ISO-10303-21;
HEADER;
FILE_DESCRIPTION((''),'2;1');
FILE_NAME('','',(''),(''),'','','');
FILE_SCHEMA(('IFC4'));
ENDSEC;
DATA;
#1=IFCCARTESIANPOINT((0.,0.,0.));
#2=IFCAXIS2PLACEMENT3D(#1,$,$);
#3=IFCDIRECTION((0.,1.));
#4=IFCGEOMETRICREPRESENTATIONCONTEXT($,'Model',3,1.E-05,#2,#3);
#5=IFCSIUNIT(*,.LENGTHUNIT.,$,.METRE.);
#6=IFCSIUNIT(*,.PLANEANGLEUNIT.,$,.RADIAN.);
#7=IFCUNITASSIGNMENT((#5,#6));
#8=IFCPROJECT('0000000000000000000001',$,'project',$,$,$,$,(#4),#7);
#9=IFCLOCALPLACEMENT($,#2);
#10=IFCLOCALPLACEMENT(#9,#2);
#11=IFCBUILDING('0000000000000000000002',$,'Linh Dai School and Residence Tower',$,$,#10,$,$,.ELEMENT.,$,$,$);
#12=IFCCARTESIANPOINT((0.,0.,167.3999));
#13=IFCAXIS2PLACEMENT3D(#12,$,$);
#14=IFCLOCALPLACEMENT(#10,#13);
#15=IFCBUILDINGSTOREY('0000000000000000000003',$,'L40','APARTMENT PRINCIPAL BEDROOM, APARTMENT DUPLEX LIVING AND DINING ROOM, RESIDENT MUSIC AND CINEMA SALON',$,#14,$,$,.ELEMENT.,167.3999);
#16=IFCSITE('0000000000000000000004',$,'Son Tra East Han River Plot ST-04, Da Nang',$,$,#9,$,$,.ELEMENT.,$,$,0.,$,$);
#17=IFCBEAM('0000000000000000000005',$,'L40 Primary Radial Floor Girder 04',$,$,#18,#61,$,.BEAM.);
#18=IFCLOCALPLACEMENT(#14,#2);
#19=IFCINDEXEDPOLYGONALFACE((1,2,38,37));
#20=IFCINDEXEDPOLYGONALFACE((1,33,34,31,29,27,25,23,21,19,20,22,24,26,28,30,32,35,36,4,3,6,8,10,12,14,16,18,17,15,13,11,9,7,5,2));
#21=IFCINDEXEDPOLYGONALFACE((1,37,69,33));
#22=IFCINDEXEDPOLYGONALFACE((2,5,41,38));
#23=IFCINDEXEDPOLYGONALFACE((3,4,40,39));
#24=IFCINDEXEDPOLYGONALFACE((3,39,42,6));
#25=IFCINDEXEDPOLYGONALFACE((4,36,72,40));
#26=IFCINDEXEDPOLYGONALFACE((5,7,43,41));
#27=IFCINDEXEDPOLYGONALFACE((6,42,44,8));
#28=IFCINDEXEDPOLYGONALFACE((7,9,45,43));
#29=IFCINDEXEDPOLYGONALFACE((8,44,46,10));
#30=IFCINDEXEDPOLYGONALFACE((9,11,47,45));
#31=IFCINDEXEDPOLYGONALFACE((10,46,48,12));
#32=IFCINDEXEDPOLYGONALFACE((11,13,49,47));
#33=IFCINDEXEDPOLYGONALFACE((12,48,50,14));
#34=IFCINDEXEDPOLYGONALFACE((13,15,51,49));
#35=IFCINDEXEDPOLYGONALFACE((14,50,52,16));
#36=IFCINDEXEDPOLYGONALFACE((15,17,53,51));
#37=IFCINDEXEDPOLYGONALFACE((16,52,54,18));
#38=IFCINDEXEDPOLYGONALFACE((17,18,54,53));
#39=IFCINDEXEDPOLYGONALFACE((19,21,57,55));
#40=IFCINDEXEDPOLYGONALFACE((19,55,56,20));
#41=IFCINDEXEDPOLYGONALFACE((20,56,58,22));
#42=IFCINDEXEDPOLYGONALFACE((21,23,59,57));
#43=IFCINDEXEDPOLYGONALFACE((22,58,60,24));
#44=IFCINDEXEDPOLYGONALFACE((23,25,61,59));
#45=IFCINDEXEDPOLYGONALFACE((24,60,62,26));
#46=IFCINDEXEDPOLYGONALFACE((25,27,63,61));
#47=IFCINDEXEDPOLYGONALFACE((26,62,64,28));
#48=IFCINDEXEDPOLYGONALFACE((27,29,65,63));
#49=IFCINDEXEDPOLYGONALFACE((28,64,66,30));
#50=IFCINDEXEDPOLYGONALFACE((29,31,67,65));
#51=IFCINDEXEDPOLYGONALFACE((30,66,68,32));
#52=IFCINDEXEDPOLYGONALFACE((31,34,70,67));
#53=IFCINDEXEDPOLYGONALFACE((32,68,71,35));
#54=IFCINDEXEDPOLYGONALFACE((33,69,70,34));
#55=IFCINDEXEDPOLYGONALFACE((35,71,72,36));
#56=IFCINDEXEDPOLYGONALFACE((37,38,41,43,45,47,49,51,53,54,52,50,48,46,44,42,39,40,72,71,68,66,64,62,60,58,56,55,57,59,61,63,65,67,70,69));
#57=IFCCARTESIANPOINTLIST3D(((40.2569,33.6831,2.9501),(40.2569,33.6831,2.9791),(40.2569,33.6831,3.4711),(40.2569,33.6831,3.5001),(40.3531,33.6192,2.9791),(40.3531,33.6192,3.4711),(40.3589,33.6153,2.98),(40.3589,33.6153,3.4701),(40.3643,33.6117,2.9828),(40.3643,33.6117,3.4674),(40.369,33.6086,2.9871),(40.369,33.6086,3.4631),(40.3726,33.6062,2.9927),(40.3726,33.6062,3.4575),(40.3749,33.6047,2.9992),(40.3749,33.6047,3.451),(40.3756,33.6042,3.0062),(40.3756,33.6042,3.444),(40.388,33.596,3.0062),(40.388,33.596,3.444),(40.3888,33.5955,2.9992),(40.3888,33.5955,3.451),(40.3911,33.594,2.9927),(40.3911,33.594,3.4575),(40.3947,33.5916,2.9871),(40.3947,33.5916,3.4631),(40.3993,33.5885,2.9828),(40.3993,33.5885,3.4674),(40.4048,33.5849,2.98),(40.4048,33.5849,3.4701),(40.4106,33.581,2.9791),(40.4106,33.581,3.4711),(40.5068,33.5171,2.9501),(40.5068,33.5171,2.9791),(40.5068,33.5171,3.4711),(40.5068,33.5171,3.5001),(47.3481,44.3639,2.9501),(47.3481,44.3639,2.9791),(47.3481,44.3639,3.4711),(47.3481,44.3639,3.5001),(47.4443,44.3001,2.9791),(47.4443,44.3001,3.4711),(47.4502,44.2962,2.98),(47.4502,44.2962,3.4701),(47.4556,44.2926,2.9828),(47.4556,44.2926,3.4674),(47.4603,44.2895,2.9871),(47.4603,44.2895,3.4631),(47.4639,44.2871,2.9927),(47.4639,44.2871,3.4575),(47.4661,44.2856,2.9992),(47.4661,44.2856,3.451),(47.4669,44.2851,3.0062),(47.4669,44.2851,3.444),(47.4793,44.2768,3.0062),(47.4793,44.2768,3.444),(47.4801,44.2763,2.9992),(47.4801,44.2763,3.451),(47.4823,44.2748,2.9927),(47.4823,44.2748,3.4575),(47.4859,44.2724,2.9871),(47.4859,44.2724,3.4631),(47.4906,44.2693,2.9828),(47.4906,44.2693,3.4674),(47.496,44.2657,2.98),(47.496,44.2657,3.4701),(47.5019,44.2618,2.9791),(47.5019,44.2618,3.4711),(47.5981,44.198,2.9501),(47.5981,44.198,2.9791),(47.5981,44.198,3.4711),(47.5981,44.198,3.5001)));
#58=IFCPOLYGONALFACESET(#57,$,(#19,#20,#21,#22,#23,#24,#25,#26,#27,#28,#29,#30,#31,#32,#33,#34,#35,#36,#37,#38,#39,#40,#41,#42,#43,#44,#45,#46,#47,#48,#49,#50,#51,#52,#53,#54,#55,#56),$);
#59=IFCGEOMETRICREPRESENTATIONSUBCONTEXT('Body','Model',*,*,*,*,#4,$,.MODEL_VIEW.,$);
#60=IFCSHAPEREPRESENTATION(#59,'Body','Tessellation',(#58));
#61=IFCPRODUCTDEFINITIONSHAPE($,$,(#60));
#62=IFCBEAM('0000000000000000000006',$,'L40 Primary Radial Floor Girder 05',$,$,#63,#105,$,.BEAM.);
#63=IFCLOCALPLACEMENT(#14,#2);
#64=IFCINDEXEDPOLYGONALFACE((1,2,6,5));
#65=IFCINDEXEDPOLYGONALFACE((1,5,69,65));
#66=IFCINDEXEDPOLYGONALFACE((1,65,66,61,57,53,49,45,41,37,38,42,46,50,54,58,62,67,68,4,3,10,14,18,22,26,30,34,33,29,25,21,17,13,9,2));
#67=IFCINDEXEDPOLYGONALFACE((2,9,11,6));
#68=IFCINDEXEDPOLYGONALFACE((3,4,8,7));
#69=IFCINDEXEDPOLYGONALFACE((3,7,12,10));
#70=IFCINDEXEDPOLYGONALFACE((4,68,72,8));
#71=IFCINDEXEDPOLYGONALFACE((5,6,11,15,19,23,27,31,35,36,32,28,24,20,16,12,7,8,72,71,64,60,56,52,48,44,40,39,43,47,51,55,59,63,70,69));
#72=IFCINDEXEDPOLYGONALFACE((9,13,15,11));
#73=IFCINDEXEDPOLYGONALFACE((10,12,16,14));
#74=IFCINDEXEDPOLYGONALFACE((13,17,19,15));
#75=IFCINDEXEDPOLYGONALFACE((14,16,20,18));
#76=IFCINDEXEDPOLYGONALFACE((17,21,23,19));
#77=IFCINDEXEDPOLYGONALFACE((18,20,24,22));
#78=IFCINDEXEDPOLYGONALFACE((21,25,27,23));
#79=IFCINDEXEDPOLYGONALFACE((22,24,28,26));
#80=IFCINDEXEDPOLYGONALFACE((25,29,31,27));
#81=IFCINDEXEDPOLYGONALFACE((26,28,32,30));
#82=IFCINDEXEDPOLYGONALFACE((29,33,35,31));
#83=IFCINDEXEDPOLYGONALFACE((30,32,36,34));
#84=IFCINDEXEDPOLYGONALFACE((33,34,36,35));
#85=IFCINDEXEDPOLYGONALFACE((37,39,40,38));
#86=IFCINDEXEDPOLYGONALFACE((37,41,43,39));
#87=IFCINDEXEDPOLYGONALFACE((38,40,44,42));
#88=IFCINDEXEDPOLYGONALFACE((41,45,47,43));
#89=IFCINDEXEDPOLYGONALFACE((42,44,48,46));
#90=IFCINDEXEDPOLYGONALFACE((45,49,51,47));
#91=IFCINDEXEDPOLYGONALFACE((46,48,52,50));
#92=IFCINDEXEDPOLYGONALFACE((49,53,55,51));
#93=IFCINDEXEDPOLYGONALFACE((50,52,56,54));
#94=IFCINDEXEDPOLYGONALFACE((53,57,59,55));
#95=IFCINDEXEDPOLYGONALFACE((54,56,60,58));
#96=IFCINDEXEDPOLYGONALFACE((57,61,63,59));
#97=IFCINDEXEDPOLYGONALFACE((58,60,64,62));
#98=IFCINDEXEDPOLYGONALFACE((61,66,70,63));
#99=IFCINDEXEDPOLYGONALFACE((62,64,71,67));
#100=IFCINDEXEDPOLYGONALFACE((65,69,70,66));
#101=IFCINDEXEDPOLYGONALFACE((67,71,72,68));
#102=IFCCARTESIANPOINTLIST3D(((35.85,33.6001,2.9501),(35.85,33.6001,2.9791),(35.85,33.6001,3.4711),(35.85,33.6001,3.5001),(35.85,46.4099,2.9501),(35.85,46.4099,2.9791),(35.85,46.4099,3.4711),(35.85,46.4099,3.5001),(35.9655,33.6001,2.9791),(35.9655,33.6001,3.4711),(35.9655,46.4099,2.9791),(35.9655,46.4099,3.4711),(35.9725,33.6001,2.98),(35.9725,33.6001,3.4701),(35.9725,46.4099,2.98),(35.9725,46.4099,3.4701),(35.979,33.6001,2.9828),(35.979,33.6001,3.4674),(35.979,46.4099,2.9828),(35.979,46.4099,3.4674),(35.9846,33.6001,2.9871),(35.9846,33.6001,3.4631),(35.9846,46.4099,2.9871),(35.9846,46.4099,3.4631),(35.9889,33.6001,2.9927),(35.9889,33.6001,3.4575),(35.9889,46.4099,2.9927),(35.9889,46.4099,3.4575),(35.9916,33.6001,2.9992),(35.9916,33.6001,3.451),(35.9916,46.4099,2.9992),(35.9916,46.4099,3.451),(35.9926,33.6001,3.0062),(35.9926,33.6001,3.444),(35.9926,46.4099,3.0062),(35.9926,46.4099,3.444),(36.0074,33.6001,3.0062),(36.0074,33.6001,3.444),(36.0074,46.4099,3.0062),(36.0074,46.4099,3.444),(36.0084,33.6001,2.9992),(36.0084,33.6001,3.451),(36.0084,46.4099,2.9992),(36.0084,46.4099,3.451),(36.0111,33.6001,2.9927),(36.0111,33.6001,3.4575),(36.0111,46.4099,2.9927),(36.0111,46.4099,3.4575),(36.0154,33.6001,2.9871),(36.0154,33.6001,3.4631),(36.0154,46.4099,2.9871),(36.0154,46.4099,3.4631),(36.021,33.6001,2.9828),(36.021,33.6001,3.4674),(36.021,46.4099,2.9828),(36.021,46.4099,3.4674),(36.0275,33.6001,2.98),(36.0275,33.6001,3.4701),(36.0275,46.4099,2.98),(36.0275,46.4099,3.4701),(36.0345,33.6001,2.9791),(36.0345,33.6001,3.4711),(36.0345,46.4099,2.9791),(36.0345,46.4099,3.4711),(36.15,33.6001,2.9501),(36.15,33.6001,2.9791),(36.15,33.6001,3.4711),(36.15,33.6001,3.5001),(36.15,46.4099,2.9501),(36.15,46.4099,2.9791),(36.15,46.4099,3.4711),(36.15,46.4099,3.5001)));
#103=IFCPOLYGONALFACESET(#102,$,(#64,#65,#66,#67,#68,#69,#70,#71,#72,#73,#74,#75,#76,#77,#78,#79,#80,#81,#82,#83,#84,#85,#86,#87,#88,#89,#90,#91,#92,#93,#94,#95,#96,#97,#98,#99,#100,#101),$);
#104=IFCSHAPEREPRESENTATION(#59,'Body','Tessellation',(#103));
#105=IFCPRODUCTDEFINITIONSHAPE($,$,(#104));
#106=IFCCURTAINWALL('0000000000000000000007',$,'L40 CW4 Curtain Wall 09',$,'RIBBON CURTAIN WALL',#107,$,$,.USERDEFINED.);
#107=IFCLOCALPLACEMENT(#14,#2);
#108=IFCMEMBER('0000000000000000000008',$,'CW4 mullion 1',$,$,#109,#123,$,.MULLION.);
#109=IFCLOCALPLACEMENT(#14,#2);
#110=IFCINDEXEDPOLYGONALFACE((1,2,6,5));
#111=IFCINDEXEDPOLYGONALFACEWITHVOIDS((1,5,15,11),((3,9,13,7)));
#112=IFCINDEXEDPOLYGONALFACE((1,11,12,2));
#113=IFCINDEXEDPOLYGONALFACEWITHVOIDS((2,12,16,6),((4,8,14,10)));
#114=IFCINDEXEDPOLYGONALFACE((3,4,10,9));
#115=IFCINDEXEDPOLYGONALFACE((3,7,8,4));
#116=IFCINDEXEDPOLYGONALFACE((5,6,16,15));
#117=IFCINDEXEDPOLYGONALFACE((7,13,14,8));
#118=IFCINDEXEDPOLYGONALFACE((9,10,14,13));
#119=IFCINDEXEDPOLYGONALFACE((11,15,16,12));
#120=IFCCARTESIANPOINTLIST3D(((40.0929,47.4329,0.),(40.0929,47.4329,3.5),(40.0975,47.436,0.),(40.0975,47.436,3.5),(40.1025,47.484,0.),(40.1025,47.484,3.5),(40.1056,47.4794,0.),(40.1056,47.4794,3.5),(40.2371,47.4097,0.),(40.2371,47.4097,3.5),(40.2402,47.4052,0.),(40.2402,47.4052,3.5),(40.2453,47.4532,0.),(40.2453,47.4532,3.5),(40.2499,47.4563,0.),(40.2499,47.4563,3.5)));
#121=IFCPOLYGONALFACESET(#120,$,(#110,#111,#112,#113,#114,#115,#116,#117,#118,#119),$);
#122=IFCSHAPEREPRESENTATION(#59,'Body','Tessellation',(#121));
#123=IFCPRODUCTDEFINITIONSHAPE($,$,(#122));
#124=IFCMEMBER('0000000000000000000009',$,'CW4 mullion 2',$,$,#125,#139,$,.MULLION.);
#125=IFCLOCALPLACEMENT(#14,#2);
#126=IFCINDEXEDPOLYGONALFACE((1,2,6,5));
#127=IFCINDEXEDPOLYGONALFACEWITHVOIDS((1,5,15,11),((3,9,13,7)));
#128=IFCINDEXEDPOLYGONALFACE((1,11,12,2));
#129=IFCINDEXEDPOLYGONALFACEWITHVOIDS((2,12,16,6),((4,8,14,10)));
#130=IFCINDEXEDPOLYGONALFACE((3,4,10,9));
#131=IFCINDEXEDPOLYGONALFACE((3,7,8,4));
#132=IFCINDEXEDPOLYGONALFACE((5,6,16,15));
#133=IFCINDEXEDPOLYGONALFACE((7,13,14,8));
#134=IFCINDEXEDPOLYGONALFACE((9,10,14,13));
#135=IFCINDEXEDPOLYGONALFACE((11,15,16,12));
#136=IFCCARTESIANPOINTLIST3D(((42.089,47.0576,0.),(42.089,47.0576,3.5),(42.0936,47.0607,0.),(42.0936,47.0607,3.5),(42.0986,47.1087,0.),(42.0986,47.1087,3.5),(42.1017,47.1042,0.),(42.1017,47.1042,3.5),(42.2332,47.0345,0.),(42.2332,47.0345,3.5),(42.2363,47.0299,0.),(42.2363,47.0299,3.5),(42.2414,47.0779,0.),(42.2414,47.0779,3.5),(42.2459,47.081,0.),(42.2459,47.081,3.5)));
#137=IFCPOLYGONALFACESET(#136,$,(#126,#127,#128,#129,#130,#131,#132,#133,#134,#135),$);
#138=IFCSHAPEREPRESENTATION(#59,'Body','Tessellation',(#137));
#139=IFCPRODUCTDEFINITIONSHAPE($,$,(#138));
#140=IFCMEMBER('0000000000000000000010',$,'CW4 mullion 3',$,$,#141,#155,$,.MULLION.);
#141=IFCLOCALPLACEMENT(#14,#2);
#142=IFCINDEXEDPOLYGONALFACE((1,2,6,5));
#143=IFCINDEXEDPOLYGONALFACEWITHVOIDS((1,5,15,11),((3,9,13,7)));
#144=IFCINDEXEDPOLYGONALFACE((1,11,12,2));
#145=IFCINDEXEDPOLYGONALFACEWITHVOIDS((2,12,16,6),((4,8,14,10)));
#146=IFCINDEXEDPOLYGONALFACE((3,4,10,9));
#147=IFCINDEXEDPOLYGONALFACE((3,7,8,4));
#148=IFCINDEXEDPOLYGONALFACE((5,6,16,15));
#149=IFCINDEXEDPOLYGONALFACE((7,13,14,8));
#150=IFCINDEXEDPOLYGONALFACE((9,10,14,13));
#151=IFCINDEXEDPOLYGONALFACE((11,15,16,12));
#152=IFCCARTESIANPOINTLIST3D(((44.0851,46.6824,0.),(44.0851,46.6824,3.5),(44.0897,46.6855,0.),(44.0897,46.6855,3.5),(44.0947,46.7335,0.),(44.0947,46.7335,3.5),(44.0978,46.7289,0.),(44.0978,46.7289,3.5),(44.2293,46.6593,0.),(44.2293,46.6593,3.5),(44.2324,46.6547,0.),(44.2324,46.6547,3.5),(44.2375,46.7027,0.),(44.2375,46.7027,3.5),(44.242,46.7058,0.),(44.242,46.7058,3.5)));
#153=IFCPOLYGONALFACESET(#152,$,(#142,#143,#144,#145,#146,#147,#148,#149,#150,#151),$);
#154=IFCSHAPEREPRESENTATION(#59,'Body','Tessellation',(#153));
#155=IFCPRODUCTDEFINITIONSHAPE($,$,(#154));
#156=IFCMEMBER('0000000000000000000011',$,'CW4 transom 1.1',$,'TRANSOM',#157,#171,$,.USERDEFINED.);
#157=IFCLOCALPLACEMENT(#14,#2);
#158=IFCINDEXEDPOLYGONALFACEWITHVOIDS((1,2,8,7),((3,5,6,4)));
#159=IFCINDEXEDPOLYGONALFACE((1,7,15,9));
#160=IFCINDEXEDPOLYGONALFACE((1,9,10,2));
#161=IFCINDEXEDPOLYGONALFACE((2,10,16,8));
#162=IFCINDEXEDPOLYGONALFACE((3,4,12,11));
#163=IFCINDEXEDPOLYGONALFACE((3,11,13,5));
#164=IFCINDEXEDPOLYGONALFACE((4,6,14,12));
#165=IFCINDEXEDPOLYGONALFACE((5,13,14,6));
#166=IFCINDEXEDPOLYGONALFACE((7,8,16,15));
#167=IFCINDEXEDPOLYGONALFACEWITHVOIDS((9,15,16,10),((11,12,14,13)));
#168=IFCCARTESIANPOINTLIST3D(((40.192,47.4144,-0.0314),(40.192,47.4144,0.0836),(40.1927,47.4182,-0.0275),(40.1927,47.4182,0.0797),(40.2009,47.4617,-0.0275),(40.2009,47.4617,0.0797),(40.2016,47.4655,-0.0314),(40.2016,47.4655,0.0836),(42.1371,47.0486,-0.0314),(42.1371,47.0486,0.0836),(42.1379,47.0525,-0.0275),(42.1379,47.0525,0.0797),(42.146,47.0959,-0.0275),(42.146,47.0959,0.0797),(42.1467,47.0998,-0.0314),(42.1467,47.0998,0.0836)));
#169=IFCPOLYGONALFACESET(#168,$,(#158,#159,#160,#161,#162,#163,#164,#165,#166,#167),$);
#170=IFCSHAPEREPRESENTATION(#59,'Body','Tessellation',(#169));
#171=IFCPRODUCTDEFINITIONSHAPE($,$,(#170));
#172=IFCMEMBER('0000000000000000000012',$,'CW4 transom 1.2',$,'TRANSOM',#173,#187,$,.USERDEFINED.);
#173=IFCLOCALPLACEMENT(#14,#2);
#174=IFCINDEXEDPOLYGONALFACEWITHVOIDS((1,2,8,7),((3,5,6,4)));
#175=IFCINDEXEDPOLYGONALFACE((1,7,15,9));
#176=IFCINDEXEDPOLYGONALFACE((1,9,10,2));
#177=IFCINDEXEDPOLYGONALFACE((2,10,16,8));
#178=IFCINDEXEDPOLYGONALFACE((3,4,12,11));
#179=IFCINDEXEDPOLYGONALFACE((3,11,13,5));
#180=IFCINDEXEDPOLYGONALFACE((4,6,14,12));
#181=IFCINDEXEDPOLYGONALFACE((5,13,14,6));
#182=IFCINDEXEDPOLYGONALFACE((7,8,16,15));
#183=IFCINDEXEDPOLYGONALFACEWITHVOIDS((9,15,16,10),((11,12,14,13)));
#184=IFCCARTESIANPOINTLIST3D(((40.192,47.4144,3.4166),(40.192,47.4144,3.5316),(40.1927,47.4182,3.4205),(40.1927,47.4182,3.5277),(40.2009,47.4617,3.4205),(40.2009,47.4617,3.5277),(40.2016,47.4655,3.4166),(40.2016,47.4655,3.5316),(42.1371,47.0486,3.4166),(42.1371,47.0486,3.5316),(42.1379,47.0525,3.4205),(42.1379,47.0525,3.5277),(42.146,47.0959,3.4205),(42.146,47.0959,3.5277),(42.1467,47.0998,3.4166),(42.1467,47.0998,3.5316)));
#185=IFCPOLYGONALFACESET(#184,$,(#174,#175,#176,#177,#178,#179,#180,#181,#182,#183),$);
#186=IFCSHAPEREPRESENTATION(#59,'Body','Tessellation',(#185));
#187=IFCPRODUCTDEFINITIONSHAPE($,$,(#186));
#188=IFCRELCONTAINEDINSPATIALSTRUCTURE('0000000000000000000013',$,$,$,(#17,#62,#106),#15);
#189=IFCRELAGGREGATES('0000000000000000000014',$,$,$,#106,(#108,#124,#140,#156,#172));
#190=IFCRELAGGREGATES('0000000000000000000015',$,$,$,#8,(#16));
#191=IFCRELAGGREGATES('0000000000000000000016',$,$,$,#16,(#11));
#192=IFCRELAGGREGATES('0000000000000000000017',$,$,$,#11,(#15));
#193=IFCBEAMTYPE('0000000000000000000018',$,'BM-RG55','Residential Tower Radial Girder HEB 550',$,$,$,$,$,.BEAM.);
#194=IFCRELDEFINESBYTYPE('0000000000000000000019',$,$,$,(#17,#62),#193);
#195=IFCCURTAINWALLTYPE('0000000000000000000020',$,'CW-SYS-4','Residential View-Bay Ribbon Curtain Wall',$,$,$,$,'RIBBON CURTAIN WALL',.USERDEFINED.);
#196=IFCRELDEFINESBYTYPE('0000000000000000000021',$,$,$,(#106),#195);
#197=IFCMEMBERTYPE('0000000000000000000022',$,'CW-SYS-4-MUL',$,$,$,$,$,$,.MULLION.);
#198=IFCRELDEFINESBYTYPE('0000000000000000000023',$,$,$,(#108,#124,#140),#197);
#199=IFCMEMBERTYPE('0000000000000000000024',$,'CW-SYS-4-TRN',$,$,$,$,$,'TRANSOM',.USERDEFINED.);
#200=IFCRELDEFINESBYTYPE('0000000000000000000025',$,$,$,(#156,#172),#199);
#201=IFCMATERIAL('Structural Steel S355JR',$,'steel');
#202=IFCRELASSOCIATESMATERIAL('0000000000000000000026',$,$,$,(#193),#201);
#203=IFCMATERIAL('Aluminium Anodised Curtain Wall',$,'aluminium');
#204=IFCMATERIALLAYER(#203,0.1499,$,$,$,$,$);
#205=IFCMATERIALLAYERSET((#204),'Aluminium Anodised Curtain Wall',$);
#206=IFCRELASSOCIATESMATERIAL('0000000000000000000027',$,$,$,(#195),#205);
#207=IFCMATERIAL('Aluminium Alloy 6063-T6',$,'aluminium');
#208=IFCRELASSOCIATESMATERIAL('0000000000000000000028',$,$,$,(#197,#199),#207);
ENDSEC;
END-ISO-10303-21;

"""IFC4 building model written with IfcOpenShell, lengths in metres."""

from ifc_helpers import new_model, si_unit, direction, frame, origin, origin_2d, place, context, subcontext, project, spatial, hollow_rectangle, i_section, extrude, source, transform, mapped, material, layer, layer_set, material_profile, profile_set, type_object, element, aggregate, save


model = new_model("IFC4")

# Units and contexts
model_context = context("Model", 3, precision=1e-05, world=origin(), true_north=direction((0.0, 1.0)))
body_context = subcontext(model_context, "Body", "Model", "MODEL_VIEW")
ifc_project = project(units=[si_unit("LENGTHUNIT", "METRE"), si_unit("PLANEANGLEUNIT", "RADIAN")], contexts=[model_context])

# Site, building, storey
site_placement = place(None, origin())
site = spatial("IfcSite", under=ifc_project, at=site_placement, Name="Son Tra East Han River Plot ST-04, Da Nang", CompositionType="ELEMENT", RefElevation=0.0)
building_placement = place(site_placement, origin())
building = spatial("IfcBuilding", under=site, at=building_placement, Name="Linh Dai School and Residence Tower", CompositionType="ELEMENT")
storey_placement = place(building_placement, frame((0.0, 0.0, 167.3999)))
storey = spatial("IfcBuildingStorey", under=building, at=storey_placement, Name="L40", Description="APARTMENT PRINCIPAL BEDROOM, APARTMENT DUPLEX LIVING AND DINING ROOM, RESIDENT MUSIC AND CINEMA SALON", CompositionType="ELEMENT", Elevation=167.3999)

# Shared definitions
ifc_material_1 = material(Name="Structural Steel S355JR", Category="steel")

# Beams
ifc_material_profile_1 = material_profile(ifc_material_1, i_section(OverallWidth=0.3, OverallDepth=0.55, WebThickness=0.0149, FlangeThickness=0.0291, FilletRadius=0.0271, at=origin_2d()), Name="HEB 550")
ifc_profile_set_1 = profile_set([ifc_material_profile_1], Name="Structural Steel S355JR")
beam_type = type_object("IfcBeamType", Name="BM-RG55", Description="Residential Tower Radial Girder HEB 550", PredefinedType="BEAM", material=ifc_profile_set_1)
beam_1_placement = place(storey_placement, frame((40.3818, 33.6001, 3.2251), z_axis=(0.553117, 0.833103, 0.0), x_axis=(-0.833103, 0.553117, 0.0)))
element("IfcBeam", 1, at=beam_1_placement, inside=storey, type_object=beam_type, Name="L40 Primary Radial Floor Girder 04", PredefinedType="BEAM", context=body_context, shape_type="SweptSolid", body=[
    extrude(i_section(OverallWidth=0.3, OverallDepth=0.55, WebThickness=0.0149, FlangeThickness=0.0291, FilletRadius=0.0271, at=origin_2d()), origin(), (0.0, 0.0, 1.0), 12.8206),
])
beam_2_placement = place(storey_placement, frame((36.0, 33.6001, 3.2251), z_axis=(0.0, 1.0, 0.0), x_axis=(-1.0, 0.0, 0.0)))
element("IfcBeam", 2, at=beam_2_placement, inside=storey, type_object=beam_type, Name="L40 Primary Radial Floor Girder 05", PredefinedType="BEAM", context=body_context, shape_type="SweptSolid", body=[
    extrude(i_section(OverallWidth=0.3, OverallDepth=0.55, WebThickness=0.0149, FlangeThickness=0.0291, FilletRadius=0.0271, at=origin_2d()), origin(), (0.0, 0.0, 1.0), 12.8098),
])

# Curtain wall, members
ifc_material_2 = material(Name="Aluminium Anodised Curtain Wall", Category="aluminium")
ifc_layer_1 = layer(ifc_material_2, 0.1499)
ifc_layer_set_1 = layer_set([ifc_layer_1], Name="Aluminium Anodised Curtain Wall")
curtain_wall_type = type_object("IfcCurtainWallType", Name="CW-SYS-4", Description="Residential View-Bay Ribbon Curtain Wall", ElementType="RIBBON CURTAIN WALL", PredefinedType="USERDEFINED", material=ifc_layer_set_1)
curtain_wall_placement = place(storey_placement, origin())
curtain_wall = element("IfcCurtainWall", 3, at=curtain_wall_placement, inside=storey, type_object=curtain_wall_type, Name="L40 CW4 Curtain Wall 09", ObjectType="RIBBON CURTAIN WALL", PredefinedType="USERDEFINED")
ifc_material_3 = material(Name="Aluminium Alloy 6063-T6", Category="aluminium")
ifc_material_profile_2 = material_profile(ifc_material_3, hollow_rectangle(XDim=0.052, YDim=0.1499, WallThickness=0.0039, at=origin_2d()), Name="RHS 150x52x4")
ifc_profile_set_2 = profile_set([ifc_material_profile_2], Name="Aluminium Alloy 6063-T6")
member_type_1 = type_object("IfcMemberType", Name="CW-SYS-4-MUL", PredefinedType="MULLION", material=ifc_profile_set_2)
shared_shape_1 = source(origin(), body_context, "Body", "SweptSolid", [
    extrude(hollow_rectangle(XDim=0.052, YDim=0.1499, WallThickness=0.0039, at=origin_2d()), origin(), (0.0, 0.0, 1.0), 3.5),
])
member_1_placement = place(storey_placement, frame((40.1714, 47.4446, 0.0), z_axis=(0.0, 0.0, 1.0), x_axis=(0.184763, 0.982783, 0.0)))
member_1 = element("IfcMember", 4, at=member_1_placement, type_object=member_type_1, Name="CW4 mullion 1", PredefinedType="MULLION", context=body_context, shape_type="MappedRepresentation", body=[
    mapped(shared_shape_1, transform((0.0, 0.0, 0.0), x_axis=(1.0, 0.0, 0.0), y_axis=(0.0, 1.0, 0.0), z_axis=(0.0, 0.0, 1.0), scale=1.0)),
])
member_2_placement = place(storey_placement, frame((42.1675, 47.0693, 0.0), z_axis=(0.0, 0.0, 1.0), x_axis=(0.184763, 0.982783, 0.0)))
member_2 = element("IfcMember", 5, at=member_2_placement, type_object=member_type_1, Name="CW4 mullion 2", PredefinedType="MULLION", context=body_context, shape_type="MappedRepresentation", body=[
    mapped(shared_shape_1, transform((0.0, 0.0, 0.0), x_axis=(1.0, 0.0, 0.0), y_axis=(0.0, 1.0, 0.0), z_axis=(0.0, 0.0, 1.0), scale=1.0)),
])
member_3_placement = place(storey_placement, frame((44.1636, 46.6941, 0.0), z_axis=(0.0, 0.0, 1.0), x_axis=(0.184763, 0.982783, 0.0)))
member_3 = element("IfcMember", 6, at=member_3_placement, type_object=member_type_1, Name="CW4 mullion 3", PredefinedType="MULLION", context=body_context, shape_type="MappedRepresentation", body=[
    mapped(shared_shape_1, transform((0.0, 0.0, 0.0), x_axis=(1.0, 0.0, 0.0), y_axis=(0.0, 1.0, 0.0), z_axis=(0.0, 0.0, 1.0), scale=1.0)),
])
ifc_material_profile_3 = material_profile(ifc_material_3, hollow_rectangle(XDim=0.052, YDim=0.115, WallThickness=0.0039, at=origin_2d()), Name="RHS 115x52x4")
ifc_profile_set_3 = profile_set([ifc_material_profile_3], Name="Aluminium Alloy 6063-T6")
member_type_2 = type_object("IfcMemberType", Name="CW-SYS-4-TRN", ElementType="TRANSOM", PredefinedType="USERDEFINED", material=ifc_profile_set_3)
shared_shape_2 = source(origin(), body_context, "Body", "SweptSolid", [
    extrude(hollow_rectangle(XDim=0.052, YDim=0.115, WallThickness=0.0039, at=origin_2d()), origin(), (0.0, 0.0, 1.0), 1.9792),
])
member_4_placement = place(storey_placement, frame((40.1968, 47.4399, 0.0261), z_axis=(0.982778, -0.184788, 0.0), x_axis=(0.184788, 0.982778, 0.0)))
member_4 = element("IfcMember", 7, at=member_4_placement, type_object=member_type_2, Name="CW4 transom 1.1", ObjectType="TRANSOM", PredefinedType="USERDEFINED", context=body_context, shape_type="MappedRepresentation", body=[
    mapped(shared_shape_2, transform((0.0, 0.0, 0.0), x_axis=(1.0, 0.0, 0.0), y_axis=(0.0, 1.0, 0.0), z_axis=(0.0, 0.0, 1.0), scale=1.0)),
])
member_5_placement = place(storey_placement, frame((40.1968, 47.4399, 3.4741), z_axis=(0.982778, -0.184788, 0.0), x_axis=(0.184788, 0.982778, 0.0)))
member_5 = element("IfcMember", 8, at=member_5_placement, type_object=member_type_2, Name="CW4 transom 1.2", ObjectType="TRANSOM", PredefinedType="USERDEFINED", context=body_context, shape_type="MappedRepresentation", body=[
    mapped(shared_shape_2, transform((0.0, 0.0, 0.0), x_axis=(1.0, 0.0, 0.0), y_axis=(0.0, 1.0, 0.0), z_axis=(0.0, 0.0, 1.0), scale=1.0)),
])

aggregate(curtain_wall, [member_1, member_2, member_3, member_4, member_5])

save(model, "model.ifc")
